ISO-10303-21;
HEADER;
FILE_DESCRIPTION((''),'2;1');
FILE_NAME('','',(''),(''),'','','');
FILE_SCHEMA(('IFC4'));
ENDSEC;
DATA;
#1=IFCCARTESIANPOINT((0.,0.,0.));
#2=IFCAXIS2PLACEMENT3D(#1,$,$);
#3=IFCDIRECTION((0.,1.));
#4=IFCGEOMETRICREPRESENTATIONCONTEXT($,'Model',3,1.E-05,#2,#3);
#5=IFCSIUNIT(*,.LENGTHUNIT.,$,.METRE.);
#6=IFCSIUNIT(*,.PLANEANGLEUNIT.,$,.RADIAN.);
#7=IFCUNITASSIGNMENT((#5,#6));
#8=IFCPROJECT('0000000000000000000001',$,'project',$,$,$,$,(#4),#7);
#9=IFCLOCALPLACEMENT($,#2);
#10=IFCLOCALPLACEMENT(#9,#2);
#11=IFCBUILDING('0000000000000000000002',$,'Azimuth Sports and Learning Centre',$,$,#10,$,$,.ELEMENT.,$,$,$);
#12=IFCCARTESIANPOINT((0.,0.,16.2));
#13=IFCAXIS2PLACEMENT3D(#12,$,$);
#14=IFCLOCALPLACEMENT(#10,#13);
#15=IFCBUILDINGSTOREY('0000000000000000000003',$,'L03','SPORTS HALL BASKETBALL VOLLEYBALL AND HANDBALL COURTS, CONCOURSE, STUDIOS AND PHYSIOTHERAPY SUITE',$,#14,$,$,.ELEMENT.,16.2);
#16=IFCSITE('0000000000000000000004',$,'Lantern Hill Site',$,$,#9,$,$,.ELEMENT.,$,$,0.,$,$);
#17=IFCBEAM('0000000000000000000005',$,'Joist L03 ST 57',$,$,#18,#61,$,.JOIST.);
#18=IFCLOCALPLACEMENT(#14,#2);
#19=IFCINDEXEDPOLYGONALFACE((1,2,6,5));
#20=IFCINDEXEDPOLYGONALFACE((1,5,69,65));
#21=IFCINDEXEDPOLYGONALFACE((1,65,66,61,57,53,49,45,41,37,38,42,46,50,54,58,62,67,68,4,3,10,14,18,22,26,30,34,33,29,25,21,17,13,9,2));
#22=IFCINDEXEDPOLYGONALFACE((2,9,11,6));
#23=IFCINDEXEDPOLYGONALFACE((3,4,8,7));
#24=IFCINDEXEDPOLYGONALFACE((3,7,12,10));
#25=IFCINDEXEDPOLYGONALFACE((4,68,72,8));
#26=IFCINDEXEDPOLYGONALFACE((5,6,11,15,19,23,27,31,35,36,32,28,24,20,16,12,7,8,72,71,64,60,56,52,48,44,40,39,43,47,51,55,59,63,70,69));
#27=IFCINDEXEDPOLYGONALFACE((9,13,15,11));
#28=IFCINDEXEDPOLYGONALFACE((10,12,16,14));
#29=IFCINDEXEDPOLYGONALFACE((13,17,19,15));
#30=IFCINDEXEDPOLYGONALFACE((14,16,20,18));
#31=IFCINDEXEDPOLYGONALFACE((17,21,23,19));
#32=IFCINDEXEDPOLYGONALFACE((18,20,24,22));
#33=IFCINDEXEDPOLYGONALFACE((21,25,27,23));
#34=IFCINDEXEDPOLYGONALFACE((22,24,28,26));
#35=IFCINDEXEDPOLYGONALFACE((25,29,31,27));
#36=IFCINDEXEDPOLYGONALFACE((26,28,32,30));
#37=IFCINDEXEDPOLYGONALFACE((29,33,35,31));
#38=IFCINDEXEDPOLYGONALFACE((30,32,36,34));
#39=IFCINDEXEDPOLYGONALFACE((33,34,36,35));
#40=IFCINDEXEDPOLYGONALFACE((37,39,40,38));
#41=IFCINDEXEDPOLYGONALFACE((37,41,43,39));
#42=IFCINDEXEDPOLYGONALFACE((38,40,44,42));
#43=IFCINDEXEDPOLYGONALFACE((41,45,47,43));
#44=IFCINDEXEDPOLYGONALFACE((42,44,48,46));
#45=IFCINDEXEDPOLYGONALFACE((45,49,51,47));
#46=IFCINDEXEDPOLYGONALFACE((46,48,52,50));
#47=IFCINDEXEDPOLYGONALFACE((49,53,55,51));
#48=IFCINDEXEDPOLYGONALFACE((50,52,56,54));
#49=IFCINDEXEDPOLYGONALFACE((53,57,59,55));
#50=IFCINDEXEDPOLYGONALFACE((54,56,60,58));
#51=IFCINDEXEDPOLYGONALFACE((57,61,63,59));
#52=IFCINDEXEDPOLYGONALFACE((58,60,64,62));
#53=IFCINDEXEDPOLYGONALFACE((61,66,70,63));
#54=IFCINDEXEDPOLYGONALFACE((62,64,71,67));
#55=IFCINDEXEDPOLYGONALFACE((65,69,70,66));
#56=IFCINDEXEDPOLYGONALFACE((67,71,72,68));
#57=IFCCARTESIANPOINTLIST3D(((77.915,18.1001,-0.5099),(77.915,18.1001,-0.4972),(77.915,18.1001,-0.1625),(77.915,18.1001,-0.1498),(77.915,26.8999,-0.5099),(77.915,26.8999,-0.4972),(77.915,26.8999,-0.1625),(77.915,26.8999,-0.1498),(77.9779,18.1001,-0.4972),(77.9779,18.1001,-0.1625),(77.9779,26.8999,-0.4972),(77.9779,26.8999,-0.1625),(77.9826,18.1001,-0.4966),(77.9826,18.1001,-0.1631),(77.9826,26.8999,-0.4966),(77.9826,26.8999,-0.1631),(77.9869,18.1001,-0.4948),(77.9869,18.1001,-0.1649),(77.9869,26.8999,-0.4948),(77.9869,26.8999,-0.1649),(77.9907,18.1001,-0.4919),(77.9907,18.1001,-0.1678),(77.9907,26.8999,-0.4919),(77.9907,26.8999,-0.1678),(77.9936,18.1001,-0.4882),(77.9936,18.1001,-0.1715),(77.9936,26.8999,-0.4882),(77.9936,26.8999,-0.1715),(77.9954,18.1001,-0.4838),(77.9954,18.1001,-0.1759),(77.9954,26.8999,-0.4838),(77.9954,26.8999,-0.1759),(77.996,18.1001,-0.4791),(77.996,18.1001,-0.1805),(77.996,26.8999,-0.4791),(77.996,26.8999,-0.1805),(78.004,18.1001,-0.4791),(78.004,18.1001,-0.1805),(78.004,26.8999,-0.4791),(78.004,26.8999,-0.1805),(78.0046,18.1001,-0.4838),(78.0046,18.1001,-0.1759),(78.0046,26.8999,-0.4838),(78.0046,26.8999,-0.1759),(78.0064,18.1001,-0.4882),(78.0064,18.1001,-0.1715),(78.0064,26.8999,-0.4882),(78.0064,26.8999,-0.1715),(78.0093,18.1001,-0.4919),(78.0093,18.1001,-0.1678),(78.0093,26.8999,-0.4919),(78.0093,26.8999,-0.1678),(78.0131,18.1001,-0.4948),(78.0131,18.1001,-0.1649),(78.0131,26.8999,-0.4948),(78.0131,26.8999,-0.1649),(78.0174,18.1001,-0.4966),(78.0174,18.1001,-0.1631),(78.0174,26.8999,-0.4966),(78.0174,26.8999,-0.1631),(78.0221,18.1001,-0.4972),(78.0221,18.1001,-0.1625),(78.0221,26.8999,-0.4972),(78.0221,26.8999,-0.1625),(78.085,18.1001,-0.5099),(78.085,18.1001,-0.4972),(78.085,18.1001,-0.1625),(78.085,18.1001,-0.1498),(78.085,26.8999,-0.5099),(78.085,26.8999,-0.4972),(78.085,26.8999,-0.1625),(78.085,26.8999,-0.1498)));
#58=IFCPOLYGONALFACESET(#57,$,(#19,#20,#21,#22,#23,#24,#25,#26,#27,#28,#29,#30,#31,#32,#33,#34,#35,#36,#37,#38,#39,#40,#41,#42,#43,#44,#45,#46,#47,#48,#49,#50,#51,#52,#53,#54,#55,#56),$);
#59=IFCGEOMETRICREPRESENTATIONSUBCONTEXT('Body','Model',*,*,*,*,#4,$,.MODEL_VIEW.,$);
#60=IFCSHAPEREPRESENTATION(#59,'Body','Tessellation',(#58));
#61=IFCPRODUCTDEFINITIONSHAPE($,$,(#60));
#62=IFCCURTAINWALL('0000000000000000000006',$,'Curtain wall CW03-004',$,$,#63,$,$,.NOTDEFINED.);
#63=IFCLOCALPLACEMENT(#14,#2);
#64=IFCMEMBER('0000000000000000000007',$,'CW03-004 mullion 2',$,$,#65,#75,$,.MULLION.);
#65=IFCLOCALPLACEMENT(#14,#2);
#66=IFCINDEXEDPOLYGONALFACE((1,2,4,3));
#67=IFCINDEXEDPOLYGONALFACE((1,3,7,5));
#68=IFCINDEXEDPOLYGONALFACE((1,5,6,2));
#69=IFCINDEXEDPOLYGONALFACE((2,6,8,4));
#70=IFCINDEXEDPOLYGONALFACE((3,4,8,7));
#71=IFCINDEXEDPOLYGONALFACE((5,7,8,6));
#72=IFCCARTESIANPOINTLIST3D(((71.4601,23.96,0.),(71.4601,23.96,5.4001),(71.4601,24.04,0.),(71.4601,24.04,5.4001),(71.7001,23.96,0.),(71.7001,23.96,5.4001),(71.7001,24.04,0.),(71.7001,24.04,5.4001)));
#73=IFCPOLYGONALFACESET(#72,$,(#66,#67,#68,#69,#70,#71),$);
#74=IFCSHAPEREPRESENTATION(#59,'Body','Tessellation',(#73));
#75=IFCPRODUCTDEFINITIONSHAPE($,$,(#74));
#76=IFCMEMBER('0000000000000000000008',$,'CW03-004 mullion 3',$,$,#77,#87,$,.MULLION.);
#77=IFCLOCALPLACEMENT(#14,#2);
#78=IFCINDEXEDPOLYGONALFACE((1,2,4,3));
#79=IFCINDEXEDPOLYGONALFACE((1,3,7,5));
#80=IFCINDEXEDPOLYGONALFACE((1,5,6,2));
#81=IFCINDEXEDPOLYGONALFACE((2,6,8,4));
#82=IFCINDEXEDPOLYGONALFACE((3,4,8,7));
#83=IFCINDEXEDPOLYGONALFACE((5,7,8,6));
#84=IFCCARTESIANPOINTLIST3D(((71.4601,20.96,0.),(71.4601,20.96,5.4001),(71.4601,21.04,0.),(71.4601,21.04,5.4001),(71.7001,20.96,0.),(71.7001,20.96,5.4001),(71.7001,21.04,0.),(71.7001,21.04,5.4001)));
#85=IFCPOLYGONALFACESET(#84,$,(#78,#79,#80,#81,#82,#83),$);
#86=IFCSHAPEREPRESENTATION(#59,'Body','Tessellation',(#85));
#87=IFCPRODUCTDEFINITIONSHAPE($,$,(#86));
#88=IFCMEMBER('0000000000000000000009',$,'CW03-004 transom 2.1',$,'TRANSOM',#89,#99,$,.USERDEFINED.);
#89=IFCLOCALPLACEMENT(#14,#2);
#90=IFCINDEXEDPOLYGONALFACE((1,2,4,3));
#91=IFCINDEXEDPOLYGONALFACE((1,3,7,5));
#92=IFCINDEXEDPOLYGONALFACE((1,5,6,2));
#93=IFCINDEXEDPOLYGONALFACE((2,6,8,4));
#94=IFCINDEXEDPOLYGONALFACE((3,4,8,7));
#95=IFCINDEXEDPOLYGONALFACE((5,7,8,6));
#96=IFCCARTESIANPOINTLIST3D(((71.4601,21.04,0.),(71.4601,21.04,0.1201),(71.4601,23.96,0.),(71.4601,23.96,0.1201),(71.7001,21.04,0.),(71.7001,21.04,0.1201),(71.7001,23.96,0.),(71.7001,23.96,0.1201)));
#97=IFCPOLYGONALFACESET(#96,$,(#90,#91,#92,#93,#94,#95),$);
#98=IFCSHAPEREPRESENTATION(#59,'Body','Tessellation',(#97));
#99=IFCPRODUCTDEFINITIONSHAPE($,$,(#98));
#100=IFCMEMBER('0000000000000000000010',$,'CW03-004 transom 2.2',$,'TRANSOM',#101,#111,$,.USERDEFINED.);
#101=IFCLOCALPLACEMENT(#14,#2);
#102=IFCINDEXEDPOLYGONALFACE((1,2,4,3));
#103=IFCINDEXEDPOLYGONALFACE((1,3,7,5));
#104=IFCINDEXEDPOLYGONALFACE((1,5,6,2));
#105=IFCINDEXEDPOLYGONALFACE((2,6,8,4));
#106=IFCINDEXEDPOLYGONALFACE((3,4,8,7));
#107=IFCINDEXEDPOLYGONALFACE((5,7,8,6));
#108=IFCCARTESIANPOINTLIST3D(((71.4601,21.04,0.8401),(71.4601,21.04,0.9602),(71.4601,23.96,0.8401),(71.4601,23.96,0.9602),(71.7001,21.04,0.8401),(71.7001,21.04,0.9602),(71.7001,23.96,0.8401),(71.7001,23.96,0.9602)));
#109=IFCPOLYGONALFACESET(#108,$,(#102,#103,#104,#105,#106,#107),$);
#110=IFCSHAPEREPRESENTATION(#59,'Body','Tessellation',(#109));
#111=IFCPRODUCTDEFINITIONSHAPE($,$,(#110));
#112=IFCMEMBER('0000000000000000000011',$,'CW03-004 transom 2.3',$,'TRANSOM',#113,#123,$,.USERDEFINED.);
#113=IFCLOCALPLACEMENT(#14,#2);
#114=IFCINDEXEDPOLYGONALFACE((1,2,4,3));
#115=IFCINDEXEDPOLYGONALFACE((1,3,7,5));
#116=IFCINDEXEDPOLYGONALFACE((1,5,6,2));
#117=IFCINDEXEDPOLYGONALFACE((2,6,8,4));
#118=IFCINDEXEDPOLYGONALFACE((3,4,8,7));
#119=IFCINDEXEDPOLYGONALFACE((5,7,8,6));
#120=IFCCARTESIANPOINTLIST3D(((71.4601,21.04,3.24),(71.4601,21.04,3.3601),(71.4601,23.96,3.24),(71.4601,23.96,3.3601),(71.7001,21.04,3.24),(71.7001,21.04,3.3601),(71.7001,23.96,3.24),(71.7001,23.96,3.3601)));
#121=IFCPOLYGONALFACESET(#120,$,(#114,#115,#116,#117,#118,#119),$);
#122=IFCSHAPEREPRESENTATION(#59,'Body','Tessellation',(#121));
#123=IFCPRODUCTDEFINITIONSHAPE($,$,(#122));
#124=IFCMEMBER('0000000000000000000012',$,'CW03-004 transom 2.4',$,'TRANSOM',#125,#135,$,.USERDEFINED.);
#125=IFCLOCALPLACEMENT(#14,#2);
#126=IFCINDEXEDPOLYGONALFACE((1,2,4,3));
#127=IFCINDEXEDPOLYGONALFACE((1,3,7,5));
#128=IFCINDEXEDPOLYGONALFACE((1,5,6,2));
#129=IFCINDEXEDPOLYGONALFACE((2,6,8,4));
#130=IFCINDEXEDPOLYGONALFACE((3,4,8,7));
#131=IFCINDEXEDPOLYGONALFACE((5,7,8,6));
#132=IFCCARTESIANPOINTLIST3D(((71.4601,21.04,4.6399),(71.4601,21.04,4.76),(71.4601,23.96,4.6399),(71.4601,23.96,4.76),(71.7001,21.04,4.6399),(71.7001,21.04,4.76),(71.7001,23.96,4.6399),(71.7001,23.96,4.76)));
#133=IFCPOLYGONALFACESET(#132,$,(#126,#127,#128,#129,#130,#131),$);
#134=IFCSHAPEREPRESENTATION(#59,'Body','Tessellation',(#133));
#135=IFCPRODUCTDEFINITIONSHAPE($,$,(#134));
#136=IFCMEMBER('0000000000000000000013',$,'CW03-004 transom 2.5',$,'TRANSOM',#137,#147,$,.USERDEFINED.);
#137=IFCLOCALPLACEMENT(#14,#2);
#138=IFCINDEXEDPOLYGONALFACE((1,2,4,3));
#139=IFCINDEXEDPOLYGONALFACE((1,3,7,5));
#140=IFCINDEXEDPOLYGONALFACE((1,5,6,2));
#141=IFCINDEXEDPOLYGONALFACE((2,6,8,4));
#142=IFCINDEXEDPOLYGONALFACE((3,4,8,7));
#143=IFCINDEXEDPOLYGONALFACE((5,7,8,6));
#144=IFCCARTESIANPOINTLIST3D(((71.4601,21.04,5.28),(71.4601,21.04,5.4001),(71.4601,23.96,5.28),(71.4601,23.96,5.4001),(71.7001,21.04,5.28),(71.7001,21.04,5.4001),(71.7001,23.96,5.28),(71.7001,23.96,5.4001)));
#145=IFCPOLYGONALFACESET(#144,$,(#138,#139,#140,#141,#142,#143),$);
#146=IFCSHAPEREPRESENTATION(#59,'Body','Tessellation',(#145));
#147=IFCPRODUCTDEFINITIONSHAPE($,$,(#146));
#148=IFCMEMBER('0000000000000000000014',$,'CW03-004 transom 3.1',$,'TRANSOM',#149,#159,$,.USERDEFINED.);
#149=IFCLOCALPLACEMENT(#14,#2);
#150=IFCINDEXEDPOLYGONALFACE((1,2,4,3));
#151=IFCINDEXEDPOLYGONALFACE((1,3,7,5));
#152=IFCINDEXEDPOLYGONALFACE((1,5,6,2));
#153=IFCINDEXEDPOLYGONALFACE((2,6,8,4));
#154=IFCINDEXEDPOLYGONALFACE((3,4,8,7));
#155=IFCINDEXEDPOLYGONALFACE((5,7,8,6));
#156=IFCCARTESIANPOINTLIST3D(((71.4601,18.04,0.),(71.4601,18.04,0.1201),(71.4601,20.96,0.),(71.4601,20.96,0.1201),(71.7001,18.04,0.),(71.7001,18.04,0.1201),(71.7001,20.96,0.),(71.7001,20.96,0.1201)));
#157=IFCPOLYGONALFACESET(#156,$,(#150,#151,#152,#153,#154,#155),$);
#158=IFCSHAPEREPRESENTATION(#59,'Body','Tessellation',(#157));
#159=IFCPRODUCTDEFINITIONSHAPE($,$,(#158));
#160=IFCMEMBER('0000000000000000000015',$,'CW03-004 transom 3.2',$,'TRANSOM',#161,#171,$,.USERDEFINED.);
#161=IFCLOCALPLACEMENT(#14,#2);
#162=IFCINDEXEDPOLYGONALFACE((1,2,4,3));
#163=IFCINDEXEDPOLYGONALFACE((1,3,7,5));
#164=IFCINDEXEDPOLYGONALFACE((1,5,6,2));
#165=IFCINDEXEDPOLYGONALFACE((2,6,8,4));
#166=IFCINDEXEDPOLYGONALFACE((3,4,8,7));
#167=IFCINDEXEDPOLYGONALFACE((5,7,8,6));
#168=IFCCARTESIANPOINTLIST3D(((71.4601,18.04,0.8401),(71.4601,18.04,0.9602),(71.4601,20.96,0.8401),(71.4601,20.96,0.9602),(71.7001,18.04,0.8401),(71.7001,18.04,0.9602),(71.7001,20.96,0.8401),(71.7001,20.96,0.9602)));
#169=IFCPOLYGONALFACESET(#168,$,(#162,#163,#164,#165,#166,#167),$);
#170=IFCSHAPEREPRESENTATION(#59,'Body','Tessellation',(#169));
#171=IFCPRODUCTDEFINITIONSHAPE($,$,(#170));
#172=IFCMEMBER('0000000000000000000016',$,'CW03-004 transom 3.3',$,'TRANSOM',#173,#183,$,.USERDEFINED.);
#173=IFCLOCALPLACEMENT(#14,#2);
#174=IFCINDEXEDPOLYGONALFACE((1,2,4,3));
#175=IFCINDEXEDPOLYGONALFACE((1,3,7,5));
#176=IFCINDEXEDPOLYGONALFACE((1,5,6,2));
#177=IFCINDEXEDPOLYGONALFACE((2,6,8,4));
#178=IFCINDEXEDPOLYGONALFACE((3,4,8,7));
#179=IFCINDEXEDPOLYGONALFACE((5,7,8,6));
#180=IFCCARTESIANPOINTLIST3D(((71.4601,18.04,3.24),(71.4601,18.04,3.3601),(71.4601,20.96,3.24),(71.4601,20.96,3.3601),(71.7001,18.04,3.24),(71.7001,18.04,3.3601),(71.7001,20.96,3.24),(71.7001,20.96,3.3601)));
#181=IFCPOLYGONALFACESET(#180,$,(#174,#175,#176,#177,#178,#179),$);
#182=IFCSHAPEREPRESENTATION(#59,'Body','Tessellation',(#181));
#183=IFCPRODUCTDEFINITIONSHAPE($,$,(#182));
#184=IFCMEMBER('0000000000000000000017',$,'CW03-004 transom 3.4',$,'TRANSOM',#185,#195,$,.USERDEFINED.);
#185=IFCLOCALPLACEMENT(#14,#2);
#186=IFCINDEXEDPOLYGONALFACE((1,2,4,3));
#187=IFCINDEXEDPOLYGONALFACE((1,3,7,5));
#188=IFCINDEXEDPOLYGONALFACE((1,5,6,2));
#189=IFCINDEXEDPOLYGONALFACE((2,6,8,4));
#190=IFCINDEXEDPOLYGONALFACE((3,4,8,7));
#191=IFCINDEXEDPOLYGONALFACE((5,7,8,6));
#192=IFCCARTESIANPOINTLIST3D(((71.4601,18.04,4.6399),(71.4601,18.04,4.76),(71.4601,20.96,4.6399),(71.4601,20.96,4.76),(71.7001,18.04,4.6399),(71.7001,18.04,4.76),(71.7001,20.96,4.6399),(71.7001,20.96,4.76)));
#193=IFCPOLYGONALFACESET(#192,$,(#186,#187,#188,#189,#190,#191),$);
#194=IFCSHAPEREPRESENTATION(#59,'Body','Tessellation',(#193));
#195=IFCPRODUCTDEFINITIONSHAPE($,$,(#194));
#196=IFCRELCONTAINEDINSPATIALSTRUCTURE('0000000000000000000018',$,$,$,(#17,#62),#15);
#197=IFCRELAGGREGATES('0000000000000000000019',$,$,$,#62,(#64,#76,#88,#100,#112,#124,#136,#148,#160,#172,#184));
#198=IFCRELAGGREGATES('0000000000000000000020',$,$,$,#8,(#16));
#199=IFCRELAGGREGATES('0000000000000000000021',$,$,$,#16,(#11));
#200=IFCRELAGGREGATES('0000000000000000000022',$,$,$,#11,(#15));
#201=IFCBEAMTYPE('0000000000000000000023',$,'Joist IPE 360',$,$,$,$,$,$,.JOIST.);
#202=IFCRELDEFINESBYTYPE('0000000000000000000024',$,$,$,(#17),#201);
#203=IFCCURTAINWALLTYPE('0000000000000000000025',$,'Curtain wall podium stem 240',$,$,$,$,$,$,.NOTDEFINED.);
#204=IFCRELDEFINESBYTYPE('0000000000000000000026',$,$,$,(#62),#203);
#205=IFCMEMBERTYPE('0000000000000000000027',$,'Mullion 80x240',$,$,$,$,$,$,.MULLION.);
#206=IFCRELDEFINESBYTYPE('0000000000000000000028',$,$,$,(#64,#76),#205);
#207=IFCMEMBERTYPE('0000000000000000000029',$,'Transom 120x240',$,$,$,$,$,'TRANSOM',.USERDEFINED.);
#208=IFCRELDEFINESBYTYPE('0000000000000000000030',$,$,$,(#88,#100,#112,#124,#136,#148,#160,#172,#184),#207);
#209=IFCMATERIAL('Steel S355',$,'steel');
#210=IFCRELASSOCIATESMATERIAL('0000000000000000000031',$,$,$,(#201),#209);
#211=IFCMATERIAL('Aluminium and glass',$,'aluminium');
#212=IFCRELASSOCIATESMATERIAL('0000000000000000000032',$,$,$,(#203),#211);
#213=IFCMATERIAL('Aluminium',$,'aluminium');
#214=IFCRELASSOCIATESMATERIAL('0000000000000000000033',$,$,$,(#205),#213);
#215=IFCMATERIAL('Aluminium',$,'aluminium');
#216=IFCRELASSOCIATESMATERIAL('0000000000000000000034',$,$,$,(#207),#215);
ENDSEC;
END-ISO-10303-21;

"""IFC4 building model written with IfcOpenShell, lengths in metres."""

from ifc_helpers import new_model, si_unit, direction, frame, origin, origin_2d, place, context, subcontext, project, spatial, rectangle, i_section, extrude, material, material_profile, profile_set, type_object, element, aggregate, save


model = new_model("IFC4")

# Units and contexts
model_context = context("Model", 3, precision=1e-05, world=origin(), true_north=direction((0.0, 1.0)))
body_context = subcontext(model_context, "Body", "Model", "MODEL_VIEW")
ifc_project = project(units=[si_unit("LENGTHUNIT", "METRE"), si_unit("PLANEANGLEUNIT", "RADIAN")], contexts=[model_context])

# Site, building, storey
site_placement = place(None, origin())
site = spatial("IfcSite", under=ifc_project, at=site_placement, Name="Lantern Hill Site", CompositionType="ELEMENT", RefElevation=0.0)
building_placement = place(site_placement, origin())
building = spatial("IfcBuilding", under=site, at=building_placement, Name="Azimuth Sports and Learning Centre", CompositionType="ELEMENT")
storey_placement = place(building_placement, frame((0.0, 0.0, 16.2)))
storey = spatial("IfcBuildingStorey", under=building, at=storey_placement, Name="L03", Description="SPORTS HALL BASKETBALL VOLLEYBALL AND HANDBALL COURTS, CONCOURSE, STUDIOS AND PHYSIOTHERAPY SUITE", CompositionType="ELEMENT", Elevation=16.2)

# Beam
ifc_material_1 = material(Name="Steel S355", Category="steel")
ifc_material_profile_1 = material_profile(ifc_material_1, i_section(OverallWidth=0.1699, OverallDepth=0.3601, WebThickness=0.0081, FlangeThickness=0.0127, FilletRadius=0.0181, at=origin_2d()), Name="IPE 360")
ifc_profile_set_1 = profile_set([ifc_material_profile_1], Name="Steel S355")
beam_type_1 = type_object("IfcBeamType", Name="Joist IPE 360", PredefinedType="JOIST", material=ifc_profile_set_1)
for number, where, z_axis, x_axis, name in (
    (1, (78.0, 18.1001, -0.3298), (0.0, 1.0, 0.0), (-1.0, 0.0, 0.0), "Joist L03 ST 57"),
):
    element("IfcBeam", number, at=place(storey_placement, frame(where, z_axis=z_axis, x_axis=x_axis)), inside=storey, type_object=beam_type_1, Name=name, PredefinedType="JOIST", context=body_context, shape_type="SweptSolid", body=[
        extrude(i_section(OverallWidth=0.1699, OverallDepth=0.3601, WebThickness=0.0081, FlangeThickness=0.0127, FilletRadius=0.0181, at=origin_2d()), origin(), (0.0, 0.0, 1.0), 8.7998),
    ])

# Curtain wall, members
ifc_material_2 = material(Name="Aluminium and glass", Category="aluminium")
curtain_wall_type = type_object("IfcCurtainWallType", Name="Curtain wall podium stem 240", PredefinedType="NOTDEFINED", material=ifc_material_2)
curtain_wall_placement = place(storey_placement, origin())
curtain_wall = element("IfcCurtainWall", 2, at=curtain_wall_placement, inside=storey, type_object=curtain_wall_type, Name="Curtain wall CW03-004", PredefinedType="NOTDEFINED")
ifc_material_3 = material(Name="Aluminium", Category="aluminium")
ifc_material_profile_2 = material_profile(ifc_material_3, rectangle(XDim=0.24, YDim=0.0801, at=origin_2d()), Name="Mullion 80x240")
ifc_profile_set_2 = profile_set([ifc_material_profile_2], Name="Aluminium")
member_type_1 = type_object("IfcMemberType", Name="Mullion 80x240", PredefinedType="MULLION", material=ifc_profile_set_2)
member_1_placement = place(storey_placement, frame((71.5801, 24.0, 0.0), z_axis=(0.0, 0.0, 1.0), x_axis=(1.0, 0.0, 0.0)))
member_1 = element("IfcMember", 3, at=member_1_placement, type_object=member_type_1, Name="CW03-004 mullion 2", PredefinedType="MULLION", context=body_context, shape_type="SweptSolid", body=[
    extrude(rectangle(XDim=0.24, YDim=0.0801, at=origin_2d()), origin(), (0.0, 0.0, 1.0), 5.4001),
])
member_2_placement = place(storey_placement, frame((71.5801, 21.0, 0.0), z_axis=(0.0, 0.0, 1.0), x_axis=(1.0, 0.0, 0.0)))
member_2 = element("IfcMember", 4, at=member_2_placement, type_object=member_type_1, Name="CW03-004 mullion 3", PredefinedType="MULLION", context=body_context, shape_type="SweptSolid", body=[
    extrude(rectangle(XDim=0.24, YDim=0.0801, at=origin_2d()), origin(), (0.0, 0.0, 1.0), 5.4001),
])
ifc_material_4 = material(Name="Aluminium", Category="aluminium")
ifc_material_profile_3 = material_profile(ifc_material_4, rectangle(XDim=0.24, YDim=0.1201, at=origin_2d()), Name="Transom 120x240")
ifc_profile_set_3 = profile_set([ifc_material_profile_3], Name="Aluminium")
member_type_2 = type_object("IfcMemberType", Name="Transom 120x240", ElementType="TRANSOM", PredefinedType="USERDEFINED", material=ifc_profile_set_3)
member_3_placement = place(storey_placement, frame((71.5801, 23.96, 0.0601), z_axis=(0.0, -1.0, 0.0), x_axis=(1.0, 0.0, 0.0)))
member_3 = element("IfcMember", 5, at=member_3_placement, type_object=member_type_2, Name="CW03-004 transom 2.1", ObjectType="TRANSOM", PredefinedType="USERDEFINED", context=body_context, shape_type="SweptSolid", body=[
    extrude(rectangle(XDim=0.24, YDim=0.1201, at=origin_2d()), origin(), (0.0, 0.0, 1.0), 2.9199),
])
member_4_placement = place(storey_placement, frame((71.5801, 23.96, 0.9001), z_axis=(0.0, -1.0, 0.0), x_axis=(1.0, 0.0, 0.0)))
member_4 = element("IfcMember", 6, at=member_4_placement, type_object=member_type_2, Name="CW03-004 transom 2.2", ObjectType="TRANSOM", PredefinedType="USERDEFINED", context=body_context, shape_type="SweptSolid", body=[
    extrude(rectangle(XDim=0.24, YDim=0.1201, at=origin_2d()), origin(), (0.0, 0.0, 1.0), 2.9199),
])
member_5_placement = place(storey_placement, frame((71.5801, 23.96, 3.3), z_axis=(0.0, -1.0, 0.0), x_axis=(1.0, 0.0, 0.0)))
member_5 = element("IfcMember", 7, at=member_5_placement, type_object=member_type_2, Name="CW03-004 transom 2.3", ObjectType="TRANSOM", PredefinedType="USERDEFINED", context=body_context, shape_type="SweptSolid", body=[
    extrude(rectangle(XDim=0.24, YDim=0.1201, at=origin_2d()), origin(), (0.0, 0.0, 1.0), 2.9199),
])
member_6_placement = place(storey_placement, frame((71.5801, 23.96, 4.7), z_axis=(0.0, -1.0, 0.0), x_axis=(1.0, 0.0, 0.0)))
member_6 = element("IfcMember", 8, at=member_6_placement, type_object=member_type_2, Name="CW03-004 transom 2.4", ObjectType="TRANSOM", PredefinedType="USERDEFINED", context=body_context, shape_type="SweptSolid", body=[
    extrude(rectangle(XDim=0.24, YDim=0.1201, at=origin_2d()), origin(), (0.0, 0.0, 1.0), 2.9199),
])
member_7_placement = place(storey_placement, frame((71.5801, 23.96, 5.3401), z_axis=(0.0, -1.0, 0.0), x_axis=(1.0, 0.0, 0.0)))
member_7 = element("IfcMember", 9, at=member_7_placement, type_object=member_type_2, Name="CW03-004 transom 2.5", ObjectType="TRANSOM", PredefinedType="USERDEFINED", context=body_context, shape_type="SweptSolid", body=[
    extrude(rectangle(XDim=0.24, YDim=0.1201, at=origin_2d()), origin(), (0.0, 0.0, 1.0), 2.9199),
])
member_8_placement = place(storey_placement, frame((71.5801, 20.96, 0.0601), z_axis=(0.0, -1.0, 0.0), x_axis=(1.0, 0.0, 0.0)))
member_8 = element("IfcMember", 10, at=member_8_placement, type_object=member_type_2, Name="CW03-004 transom 3.1", ObjectType="TRANSOM", PredefinedType="USERDEFINED", context=body_context, shape_type="SweptSolid", body=[
    extrude(rectangle(XDim=0.24, YDim=0.1201, at=origin_2d()), origin(), (0.0, 0.0, 1.0), 2.9199),
])
member_9_placement = place(storey_placement, frame((71.5801, 20.96, 0.9001), z_axis=(0.0, -1.0, 0.0), x_axis=(1.0, 0.0, 0.0)))
member_9 = element("IfcMember", 11, at=member_9_placement, type_object=member_type_2, Name="CW03-004 transom 3.2", ObjectType="TRANSOM", PredefinedType="USERDEFINED", context=body_context, shape_type="SweptSolid", body=[
    extrude(rectangle(XDim=0.24, YDim=0.1201, at=origin_2d()), origin(), (0.0, 0.0, 1.0), 2.9199),
])
member_10_placement = place(storey_placement, frame((71.5801, 20.96, 3.3), z_axis=(0.0, -1.0, 0.0), x_axis=(1.0, 0.0, 0.0)))
member_10 = element("IfcMember", 12, at=member_10_placement, type_object=member_type_2, Name="CW03-004 transom 3.3", ObjectType="TRANSOM", PredefinedType="USERDEFINED", context=body_context, shape_type="SweptSolid", body=[
    extrude(rectangle(XDim=0.24, YDim=0.1201, at=origin_2d()), origin(), (0.0, 0.0, 1.0), 2.9199),
])
member_11_placement = place(storey_placement, frame((71.5801, 20.96, 4.7), z_axis=(0.0, -1.0, 0.0), x_axis=(1.0, 0.0, 0.0)))
member_11 = element("IfcMember", 13, at=member_11_placement, type_object=member_type_2, Name="CW03-004 transom 3.4", ObjectType="TRANSOM", PredefinedType="USERDEFINED", context=body_context, shape_type="SweptSolid", body=[
    extrude(rectangle(XDim=0.24, YDim=0.1201, at=origin_2d()), origin(), (0.0, 0.0, 1.0), 2.9199),
])
aggregate(curtain_wall, [member_1, member_2, member_3, member_4, member_5, member_6, member_7, member_8, member_9, member_10, member_11])

save(model, "model.ifc")
